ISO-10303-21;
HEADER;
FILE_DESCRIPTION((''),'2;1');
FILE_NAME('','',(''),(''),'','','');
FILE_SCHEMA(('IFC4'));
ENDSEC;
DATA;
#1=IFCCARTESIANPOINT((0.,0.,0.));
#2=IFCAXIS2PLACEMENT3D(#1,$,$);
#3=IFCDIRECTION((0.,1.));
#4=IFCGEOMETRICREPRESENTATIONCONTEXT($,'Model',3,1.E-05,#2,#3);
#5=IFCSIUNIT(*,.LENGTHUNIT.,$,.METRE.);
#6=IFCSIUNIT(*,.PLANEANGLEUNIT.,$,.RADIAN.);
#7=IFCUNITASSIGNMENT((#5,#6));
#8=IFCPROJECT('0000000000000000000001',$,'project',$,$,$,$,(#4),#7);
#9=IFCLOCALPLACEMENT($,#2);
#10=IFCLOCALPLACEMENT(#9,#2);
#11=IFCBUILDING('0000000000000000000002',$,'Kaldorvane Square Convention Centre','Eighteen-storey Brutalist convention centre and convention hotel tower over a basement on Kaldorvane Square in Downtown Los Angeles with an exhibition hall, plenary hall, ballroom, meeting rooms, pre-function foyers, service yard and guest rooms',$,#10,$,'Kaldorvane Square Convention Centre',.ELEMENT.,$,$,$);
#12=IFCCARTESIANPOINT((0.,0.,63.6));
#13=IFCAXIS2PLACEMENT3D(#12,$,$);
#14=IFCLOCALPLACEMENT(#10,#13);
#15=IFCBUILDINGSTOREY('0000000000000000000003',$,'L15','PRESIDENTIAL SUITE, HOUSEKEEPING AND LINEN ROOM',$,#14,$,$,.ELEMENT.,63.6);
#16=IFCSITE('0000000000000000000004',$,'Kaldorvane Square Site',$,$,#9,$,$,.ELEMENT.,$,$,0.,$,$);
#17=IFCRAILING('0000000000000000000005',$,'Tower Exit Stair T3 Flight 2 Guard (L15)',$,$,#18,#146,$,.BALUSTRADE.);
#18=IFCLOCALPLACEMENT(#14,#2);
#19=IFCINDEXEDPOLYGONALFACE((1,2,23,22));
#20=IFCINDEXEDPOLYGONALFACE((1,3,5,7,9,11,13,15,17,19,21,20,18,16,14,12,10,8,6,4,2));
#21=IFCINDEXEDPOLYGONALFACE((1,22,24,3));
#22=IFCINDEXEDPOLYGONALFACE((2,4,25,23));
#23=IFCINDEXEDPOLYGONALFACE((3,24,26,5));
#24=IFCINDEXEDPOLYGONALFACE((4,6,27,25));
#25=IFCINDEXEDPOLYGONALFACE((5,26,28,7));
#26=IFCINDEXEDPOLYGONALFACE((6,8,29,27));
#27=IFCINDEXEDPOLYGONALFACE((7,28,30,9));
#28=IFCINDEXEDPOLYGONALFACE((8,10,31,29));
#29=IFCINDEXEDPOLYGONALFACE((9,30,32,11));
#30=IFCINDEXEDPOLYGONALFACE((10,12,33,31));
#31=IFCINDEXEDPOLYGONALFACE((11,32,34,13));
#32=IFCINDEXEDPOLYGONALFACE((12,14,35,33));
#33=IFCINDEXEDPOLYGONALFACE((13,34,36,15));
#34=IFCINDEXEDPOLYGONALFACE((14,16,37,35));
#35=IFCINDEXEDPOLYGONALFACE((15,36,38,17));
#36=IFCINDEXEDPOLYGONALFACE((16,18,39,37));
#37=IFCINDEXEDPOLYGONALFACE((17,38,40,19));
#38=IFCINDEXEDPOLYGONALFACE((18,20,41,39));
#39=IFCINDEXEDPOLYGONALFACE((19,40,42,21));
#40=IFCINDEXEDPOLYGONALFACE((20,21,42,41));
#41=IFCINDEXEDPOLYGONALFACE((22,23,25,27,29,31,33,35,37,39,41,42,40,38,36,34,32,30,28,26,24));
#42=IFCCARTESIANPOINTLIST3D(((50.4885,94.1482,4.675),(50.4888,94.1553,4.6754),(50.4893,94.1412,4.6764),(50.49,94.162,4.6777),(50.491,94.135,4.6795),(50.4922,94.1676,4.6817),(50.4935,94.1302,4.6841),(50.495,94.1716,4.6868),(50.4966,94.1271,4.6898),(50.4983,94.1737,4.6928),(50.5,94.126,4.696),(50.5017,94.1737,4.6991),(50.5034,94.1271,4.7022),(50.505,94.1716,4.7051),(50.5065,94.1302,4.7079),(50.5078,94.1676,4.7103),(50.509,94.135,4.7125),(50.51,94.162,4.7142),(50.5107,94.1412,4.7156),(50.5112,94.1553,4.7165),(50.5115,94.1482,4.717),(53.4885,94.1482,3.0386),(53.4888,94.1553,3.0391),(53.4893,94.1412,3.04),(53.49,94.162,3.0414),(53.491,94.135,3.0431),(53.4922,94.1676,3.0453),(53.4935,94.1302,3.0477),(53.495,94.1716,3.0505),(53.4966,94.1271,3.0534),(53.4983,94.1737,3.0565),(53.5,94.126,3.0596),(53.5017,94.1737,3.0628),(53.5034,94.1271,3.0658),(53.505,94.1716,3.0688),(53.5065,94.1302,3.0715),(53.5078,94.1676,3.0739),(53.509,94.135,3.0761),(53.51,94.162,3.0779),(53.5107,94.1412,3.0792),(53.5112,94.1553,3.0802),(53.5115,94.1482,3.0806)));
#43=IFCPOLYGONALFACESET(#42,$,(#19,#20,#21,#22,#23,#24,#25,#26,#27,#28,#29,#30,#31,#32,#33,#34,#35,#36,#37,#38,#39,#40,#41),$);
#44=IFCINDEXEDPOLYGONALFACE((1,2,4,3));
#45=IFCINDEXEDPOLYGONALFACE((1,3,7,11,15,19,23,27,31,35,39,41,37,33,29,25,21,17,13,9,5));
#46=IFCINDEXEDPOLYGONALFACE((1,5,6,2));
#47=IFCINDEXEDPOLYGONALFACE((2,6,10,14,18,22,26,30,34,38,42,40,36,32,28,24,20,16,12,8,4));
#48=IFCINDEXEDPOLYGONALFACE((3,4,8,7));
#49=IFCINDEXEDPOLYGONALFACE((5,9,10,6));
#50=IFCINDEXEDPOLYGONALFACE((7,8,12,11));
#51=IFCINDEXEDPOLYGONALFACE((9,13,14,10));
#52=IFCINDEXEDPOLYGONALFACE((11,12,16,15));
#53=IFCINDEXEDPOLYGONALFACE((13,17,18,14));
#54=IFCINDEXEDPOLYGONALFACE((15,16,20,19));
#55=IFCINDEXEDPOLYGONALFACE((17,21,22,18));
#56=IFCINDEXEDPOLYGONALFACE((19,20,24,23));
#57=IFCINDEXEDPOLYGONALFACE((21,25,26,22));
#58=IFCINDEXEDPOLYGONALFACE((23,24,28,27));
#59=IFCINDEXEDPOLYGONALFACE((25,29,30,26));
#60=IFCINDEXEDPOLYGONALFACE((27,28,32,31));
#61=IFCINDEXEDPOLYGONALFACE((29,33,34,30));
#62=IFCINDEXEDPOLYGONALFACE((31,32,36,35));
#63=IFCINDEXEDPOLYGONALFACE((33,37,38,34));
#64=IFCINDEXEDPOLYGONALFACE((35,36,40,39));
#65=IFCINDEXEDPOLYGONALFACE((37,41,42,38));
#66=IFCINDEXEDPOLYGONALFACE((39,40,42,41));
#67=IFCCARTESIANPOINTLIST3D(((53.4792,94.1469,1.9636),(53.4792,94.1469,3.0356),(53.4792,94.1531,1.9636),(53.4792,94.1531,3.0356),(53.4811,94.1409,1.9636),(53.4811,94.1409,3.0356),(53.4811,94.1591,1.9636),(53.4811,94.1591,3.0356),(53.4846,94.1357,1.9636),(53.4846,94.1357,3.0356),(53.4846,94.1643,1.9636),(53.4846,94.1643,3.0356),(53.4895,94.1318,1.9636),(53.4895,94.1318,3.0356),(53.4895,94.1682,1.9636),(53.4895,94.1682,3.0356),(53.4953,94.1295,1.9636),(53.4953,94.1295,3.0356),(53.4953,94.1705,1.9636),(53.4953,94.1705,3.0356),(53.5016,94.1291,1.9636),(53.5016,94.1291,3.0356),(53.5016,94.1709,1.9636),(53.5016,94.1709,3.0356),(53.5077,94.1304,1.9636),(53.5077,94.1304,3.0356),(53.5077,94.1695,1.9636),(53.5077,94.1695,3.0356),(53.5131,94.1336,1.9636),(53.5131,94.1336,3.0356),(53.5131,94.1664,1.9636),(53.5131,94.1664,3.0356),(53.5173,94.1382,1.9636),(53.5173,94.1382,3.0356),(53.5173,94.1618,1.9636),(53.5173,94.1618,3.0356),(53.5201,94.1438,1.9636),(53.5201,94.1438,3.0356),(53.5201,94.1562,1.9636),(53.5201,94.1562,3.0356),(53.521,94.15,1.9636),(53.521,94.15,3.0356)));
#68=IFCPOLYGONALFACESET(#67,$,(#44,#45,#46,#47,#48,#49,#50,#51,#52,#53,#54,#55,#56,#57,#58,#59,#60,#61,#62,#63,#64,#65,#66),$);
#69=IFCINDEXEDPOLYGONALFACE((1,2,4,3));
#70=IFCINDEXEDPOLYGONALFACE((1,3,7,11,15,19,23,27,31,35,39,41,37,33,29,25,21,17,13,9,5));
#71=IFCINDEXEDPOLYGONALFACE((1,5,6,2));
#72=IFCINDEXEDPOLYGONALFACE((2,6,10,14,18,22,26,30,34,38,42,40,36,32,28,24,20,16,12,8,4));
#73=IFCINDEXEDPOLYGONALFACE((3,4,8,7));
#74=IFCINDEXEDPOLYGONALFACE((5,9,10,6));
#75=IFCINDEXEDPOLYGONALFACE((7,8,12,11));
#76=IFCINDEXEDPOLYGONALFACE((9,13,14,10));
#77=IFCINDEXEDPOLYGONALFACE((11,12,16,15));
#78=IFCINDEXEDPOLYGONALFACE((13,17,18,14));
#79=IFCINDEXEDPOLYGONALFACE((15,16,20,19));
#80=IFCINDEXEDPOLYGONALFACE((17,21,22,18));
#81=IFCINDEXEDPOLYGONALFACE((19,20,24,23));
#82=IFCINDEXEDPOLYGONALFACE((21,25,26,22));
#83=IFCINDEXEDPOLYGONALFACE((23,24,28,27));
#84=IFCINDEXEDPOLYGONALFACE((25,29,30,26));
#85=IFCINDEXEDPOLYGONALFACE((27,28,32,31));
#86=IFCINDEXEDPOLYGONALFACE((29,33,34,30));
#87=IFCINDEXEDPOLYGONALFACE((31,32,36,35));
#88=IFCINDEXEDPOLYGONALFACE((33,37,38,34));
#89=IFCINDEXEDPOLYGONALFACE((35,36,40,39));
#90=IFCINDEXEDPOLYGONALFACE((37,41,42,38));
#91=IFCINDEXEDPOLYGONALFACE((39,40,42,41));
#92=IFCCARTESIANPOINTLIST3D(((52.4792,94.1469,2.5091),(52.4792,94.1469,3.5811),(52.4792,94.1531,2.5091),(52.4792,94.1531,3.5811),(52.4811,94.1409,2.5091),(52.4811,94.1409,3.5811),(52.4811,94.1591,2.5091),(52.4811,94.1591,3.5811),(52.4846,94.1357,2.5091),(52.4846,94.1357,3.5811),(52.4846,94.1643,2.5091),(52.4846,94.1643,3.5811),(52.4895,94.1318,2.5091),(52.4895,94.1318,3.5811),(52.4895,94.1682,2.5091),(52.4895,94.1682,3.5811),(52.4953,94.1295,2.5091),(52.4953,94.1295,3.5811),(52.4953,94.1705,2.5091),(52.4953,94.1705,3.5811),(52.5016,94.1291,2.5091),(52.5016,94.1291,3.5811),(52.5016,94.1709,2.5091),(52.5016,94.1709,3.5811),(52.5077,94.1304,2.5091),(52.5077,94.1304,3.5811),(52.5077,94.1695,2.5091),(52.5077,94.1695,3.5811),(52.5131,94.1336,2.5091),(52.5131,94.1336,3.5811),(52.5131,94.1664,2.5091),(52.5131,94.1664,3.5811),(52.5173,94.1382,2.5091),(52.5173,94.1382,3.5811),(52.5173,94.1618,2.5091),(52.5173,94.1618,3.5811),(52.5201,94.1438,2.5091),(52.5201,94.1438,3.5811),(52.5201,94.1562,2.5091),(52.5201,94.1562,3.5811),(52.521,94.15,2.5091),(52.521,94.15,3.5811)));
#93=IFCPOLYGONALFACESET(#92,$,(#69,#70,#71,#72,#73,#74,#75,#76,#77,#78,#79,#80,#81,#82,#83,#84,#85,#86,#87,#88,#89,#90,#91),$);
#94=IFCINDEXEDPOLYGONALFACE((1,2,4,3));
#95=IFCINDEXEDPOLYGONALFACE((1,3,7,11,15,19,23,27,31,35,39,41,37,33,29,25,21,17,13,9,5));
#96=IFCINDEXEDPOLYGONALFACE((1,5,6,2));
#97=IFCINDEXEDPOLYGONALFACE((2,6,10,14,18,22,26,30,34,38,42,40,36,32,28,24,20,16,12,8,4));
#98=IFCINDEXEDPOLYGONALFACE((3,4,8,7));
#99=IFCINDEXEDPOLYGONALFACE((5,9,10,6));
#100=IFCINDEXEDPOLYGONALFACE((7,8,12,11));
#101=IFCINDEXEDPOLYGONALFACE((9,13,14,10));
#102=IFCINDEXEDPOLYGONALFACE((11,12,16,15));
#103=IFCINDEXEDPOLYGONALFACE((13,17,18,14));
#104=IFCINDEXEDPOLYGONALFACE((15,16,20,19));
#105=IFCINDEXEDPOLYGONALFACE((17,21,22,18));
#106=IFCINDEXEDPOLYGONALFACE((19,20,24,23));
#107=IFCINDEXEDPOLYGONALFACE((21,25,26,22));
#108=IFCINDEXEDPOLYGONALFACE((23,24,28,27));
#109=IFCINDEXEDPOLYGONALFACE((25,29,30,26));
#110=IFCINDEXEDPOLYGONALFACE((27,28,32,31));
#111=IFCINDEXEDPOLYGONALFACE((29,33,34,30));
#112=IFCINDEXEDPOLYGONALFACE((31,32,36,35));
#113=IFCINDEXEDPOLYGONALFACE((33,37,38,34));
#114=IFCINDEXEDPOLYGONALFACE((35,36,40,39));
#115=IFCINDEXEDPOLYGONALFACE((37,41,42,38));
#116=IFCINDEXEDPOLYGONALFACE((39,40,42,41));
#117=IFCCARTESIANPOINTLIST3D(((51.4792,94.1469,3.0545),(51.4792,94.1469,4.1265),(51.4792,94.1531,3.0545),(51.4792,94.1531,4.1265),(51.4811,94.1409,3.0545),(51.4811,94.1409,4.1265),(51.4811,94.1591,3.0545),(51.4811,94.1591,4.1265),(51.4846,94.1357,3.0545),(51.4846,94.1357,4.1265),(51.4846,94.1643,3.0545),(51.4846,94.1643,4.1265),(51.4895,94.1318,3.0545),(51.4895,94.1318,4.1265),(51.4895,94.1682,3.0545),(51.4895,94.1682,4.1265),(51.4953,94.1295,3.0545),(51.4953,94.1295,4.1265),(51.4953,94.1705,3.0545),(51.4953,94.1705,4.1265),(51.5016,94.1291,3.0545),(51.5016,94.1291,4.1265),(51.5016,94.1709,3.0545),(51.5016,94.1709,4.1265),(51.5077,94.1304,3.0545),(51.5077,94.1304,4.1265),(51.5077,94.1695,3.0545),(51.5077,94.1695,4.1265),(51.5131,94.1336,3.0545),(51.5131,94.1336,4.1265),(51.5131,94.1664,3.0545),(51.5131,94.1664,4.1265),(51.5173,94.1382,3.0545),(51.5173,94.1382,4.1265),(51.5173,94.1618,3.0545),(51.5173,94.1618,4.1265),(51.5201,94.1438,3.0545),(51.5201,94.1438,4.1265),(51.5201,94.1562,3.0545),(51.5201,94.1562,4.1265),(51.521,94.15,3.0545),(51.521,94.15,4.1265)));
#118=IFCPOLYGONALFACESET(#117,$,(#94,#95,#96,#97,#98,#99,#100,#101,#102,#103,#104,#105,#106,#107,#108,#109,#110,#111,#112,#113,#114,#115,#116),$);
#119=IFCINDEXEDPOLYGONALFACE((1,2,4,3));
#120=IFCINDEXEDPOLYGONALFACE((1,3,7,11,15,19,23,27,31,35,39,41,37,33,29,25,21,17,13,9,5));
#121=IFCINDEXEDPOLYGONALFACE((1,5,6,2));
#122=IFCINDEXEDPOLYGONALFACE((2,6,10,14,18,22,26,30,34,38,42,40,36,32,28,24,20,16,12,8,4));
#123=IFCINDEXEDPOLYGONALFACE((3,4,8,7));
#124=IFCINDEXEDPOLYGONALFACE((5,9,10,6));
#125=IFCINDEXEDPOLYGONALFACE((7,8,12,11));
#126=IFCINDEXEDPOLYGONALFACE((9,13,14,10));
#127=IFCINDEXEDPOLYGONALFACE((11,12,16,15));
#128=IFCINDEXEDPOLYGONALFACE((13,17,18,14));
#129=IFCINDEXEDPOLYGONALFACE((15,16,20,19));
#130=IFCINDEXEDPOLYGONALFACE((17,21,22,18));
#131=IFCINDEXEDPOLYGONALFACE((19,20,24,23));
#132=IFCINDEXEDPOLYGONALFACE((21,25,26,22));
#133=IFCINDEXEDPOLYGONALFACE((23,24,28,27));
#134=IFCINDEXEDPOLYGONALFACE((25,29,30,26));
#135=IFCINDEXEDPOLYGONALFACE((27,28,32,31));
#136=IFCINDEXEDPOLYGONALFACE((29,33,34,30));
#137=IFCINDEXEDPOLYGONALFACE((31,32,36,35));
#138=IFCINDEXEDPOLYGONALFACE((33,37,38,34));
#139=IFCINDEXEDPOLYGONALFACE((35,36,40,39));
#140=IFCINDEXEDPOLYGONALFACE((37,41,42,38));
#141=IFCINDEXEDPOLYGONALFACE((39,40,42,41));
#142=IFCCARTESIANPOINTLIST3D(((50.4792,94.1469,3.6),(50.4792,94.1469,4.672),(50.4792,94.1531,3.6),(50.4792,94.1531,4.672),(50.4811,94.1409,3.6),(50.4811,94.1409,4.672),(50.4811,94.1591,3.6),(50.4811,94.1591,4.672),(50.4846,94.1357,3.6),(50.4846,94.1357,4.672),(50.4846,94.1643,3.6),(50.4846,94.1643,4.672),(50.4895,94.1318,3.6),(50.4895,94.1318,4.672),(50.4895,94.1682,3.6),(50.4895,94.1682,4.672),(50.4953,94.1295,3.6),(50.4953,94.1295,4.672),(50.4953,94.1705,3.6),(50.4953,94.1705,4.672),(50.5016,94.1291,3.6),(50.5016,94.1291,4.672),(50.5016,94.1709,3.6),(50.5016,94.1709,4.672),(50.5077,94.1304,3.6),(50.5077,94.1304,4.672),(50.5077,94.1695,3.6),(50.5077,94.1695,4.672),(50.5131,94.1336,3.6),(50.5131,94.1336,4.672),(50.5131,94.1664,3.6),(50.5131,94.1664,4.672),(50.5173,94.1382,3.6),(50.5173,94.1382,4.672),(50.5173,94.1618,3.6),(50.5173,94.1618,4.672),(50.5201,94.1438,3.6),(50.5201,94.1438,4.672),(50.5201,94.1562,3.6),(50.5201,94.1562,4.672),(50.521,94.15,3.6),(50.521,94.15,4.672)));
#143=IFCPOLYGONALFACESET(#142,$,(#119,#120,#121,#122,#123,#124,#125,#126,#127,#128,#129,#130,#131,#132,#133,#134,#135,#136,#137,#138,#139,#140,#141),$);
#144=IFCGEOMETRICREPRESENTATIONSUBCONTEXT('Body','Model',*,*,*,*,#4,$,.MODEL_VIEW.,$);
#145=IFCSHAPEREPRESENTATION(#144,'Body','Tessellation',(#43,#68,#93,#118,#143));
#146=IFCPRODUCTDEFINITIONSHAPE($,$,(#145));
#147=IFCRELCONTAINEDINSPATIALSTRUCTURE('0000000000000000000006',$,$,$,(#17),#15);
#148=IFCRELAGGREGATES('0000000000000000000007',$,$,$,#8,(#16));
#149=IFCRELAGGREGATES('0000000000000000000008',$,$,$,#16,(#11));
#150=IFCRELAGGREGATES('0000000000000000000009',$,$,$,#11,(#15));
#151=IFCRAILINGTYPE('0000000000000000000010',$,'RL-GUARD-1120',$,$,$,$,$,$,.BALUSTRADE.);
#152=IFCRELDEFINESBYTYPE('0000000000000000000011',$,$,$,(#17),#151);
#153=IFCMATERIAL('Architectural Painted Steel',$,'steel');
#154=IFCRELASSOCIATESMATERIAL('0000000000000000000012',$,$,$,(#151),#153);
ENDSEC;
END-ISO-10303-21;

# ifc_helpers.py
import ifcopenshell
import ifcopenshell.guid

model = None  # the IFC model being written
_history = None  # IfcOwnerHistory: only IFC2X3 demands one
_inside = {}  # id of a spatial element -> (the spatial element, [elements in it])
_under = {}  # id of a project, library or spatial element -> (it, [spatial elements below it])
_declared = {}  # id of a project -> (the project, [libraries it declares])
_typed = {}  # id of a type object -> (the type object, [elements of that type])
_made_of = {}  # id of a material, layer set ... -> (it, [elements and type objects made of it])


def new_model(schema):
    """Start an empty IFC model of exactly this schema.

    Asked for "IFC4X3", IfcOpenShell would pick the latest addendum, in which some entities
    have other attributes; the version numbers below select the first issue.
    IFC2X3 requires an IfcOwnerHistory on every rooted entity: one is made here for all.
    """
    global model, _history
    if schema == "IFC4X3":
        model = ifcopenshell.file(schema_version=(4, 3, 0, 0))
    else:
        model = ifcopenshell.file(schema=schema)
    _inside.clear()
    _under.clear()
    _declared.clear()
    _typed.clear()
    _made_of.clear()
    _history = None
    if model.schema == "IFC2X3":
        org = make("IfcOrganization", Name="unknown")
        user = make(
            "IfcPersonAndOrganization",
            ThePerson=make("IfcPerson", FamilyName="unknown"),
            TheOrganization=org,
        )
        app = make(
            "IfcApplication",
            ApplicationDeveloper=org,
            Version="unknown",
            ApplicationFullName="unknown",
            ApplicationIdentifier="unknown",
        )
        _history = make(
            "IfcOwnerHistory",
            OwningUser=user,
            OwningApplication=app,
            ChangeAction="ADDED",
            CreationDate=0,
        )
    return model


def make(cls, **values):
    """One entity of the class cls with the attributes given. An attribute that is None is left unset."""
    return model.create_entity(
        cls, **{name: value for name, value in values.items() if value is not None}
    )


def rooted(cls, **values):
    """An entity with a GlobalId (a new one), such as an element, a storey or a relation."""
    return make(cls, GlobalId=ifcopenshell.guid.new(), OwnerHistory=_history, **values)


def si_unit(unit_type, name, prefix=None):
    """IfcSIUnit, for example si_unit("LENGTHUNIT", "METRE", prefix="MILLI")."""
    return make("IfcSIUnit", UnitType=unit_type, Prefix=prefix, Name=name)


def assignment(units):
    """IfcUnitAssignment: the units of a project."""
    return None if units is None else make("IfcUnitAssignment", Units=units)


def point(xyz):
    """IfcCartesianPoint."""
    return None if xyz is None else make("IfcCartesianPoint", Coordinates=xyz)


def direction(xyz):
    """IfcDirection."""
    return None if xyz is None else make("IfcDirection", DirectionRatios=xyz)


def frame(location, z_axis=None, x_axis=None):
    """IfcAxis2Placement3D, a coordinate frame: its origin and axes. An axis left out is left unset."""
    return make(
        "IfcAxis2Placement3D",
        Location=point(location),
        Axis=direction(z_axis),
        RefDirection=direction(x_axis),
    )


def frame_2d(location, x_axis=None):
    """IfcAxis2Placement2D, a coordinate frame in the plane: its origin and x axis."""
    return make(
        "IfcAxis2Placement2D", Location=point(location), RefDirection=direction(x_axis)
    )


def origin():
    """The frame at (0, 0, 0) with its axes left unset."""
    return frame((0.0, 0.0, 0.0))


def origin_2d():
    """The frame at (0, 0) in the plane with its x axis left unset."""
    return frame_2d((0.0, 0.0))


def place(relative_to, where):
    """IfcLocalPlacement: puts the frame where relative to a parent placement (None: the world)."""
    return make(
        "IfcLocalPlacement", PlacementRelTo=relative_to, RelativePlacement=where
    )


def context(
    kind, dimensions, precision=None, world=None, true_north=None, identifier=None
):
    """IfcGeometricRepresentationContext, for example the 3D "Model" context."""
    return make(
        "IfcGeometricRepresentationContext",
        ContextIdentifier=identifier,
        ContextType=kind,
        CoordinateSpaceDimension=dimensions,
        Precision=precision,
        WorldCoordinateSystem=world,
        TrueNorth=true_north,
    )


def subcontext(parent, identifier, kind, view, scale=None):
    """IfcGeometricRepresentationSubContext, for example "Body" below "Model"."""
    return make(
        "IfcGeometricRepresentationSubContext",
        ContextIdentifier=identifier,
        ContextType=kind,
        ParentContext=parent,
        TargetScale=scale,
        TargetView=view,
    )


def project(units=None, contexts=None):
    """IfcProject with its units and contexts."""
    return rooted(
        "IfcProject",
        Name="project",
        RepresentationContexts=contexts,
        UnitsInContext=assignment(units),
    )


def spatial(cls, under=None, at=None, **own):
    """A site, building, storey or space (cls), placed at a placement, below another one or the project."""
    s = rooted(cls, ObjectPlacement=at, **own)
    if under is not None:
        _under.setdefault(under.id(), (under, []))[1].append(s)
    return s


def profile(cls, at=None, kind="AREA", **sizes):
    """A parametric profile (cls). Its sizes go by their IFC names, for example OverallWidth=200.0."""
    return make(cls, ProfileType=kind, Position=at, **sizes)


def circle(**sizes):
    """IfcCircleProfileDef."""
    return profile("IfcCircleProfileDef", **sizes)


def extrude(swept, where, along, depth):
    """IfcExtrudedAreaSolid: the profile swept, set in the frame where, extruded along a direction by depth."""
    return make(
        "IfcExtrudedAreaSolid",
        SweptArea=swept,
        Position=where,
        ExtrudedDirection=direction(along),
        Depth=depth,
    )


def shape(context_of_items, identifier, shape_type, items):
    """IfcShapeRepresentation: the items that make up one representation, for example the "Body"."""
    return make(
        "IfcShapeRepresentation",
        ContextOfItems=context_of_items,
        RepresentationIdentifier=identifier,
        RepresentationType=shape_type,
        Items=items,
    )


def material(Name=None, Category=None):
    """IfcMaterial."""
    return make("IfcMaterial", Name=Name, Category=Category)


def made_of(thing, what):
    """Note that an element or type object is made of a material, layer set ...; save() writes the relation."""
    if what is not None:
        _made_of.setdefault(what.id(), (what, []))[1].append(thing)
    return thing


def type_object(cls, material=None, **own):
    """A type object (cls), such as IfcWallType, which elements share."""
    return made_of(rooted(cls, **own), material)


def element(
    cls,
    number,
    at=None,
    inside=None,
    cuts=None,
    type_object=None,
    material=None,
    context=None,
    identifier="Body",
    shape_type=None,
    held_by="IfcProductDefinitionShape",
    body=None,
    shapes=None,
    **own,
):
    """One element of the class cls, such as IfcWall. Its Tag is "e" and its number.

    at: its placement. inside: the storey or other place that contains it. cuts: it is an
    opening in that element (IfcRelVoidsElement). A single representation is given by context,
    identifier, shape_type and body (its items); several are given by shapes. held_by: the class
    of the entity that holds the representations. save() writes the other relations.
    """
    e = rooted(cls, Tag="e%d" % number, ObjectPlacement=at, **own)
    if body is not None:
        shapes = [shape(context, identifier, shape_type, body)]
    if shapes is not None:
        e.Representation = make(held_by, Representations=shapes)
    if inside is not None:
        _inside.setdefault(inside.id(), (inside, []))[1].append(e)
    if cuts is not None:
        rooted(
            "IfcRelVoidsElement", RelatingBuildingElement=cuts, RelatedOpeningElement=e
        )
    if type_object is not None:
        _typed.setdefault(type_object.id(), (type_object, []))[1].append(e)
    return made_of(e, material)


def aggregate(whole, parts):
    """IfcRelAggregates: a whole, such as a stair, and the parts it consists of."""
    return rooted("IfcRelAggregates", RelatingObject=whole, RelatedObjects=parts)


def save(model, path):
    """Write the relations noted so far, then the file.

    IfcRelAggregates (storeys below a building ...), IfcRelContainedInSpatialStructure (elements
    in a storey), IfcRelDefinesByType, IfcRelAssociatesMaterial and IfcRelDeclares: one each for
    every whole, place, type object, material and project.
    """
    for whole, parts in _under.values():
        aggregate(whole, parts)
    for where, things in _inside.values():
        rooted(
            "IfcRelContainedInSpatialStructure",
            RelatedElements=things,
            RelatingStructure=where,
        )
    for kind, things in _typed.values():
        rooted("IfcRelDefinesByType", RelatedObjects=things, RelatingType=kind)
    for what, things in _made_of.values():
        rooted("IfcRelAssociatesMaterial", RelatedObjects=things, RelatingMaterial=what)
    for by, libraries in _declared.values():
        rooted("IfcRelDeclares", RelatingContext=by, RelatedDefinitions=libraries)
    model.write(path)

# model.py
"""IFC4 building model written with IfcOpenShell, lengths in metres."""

from ifc_helpers import new_model, si_unit, direction, frame, origin, origin_2d, place, context, subcontext, project, spatial, circle, extrude, material, type_object, element, save


model = new_model("IFC4")

# Units and contexts
model_context = context("Model", 3, precision=1e-05, world=origin(), true_north=direction((0.0, 1.0)))
body_context = subcontext(model_context, "Body", "Model", "MODEL_VIEW")
ifc_project = project(units=[si_unit("LENGTHUNIT", "METRE"), si_unit("PLANEANGLEUNIT", "RADIAN")], contexts=[model_context])

# Site, building, storey
site_placement = place(None, origin())
site = spatial("IfcSite", under=ifc_project, at=site_placement, Name="Kaldorvane Square Site", CompositionType="ELEMENT", RefElevation=0.0)
building_placement = place(site_placement, origin())
building = spatial("IfcBuilding", under=site, at=building_placement, Name="Kaldorvane Square Convention Centre", Description="Eighteen-storey Brutalist convention centre and convention hotel tower over a basement on Kaldorvane Square in Downtown Los Angeles with an exhibition hall, plenary hall, ballroom, meeting rooms, pre-function foyers, service yard and guest rooms", LongName="Kaldorvane Square Convention Centre", CompositionType="ELEMENT")
storey_placement = place(building_placement, frame((0.0, 0.0, 63.6)))
storey = spatial("IfcBuildingStorey", under=building, at=storey_placement, Name="L15", Description="PRESIDENTIAL SUITE, HOUSEKEEPING AND LINEN ROOM", CompositionType="ELEMENT", Elevation=63.6)

# Railing
ifc_material_1 = material(Name="Architectural Painted Steel", Category="steel")
railing_type_1 = type_object("IfcRailingType", Name="RL-GUARD-1120", PredefinedType="BALUSTRADE", material=ifc_material_1)
railing_1_placement = place(storey_placement, frame((53.5, 94.15, 1.9636)))
element("IfcRailing", 1, at=railing_1_placement, inside=storey, type_object=railing_type_1, Name="Tower Exit Stair T3 Flight 2 Guard (L15)", PredefinedType="BALUSTRADE", context=body_context, shape_type="SweptSolid", body=[
    extrude(circle(Radius=0.024, at=origin_2d()), frame((0.0, 0.0, 1.096), z_axis=(-0.877895, 0.0, 0.478853), x_axis=(0.0, -1.0, 0.0)), (0.0, 0.0, 1.0), 3.4173),
    extrude(circle(Radius=0.021, at=origin_2d()), origin(), (0.0, 0.0, 1.0), 1.072),
    extrude(circle(Radius=0.021, at=origin_2d()), frame((-1.0, 0.0, 0.5455)), (0.0, 0.0, 1.0), 1.072),
    extrude(circle(Radius=0.021, at=origin_2d()), frame((-2.0, 0.0, 1.0909)), (0.0, 0.0, 1.0), 1.072),
    extrude(circle(Radius=0.021, at=origin_2d()), frame((-3.0, 0.0, 1.6364)), (0.0, 0.0, 1.0), 1.072),
])

save(model, "model.ifc")
